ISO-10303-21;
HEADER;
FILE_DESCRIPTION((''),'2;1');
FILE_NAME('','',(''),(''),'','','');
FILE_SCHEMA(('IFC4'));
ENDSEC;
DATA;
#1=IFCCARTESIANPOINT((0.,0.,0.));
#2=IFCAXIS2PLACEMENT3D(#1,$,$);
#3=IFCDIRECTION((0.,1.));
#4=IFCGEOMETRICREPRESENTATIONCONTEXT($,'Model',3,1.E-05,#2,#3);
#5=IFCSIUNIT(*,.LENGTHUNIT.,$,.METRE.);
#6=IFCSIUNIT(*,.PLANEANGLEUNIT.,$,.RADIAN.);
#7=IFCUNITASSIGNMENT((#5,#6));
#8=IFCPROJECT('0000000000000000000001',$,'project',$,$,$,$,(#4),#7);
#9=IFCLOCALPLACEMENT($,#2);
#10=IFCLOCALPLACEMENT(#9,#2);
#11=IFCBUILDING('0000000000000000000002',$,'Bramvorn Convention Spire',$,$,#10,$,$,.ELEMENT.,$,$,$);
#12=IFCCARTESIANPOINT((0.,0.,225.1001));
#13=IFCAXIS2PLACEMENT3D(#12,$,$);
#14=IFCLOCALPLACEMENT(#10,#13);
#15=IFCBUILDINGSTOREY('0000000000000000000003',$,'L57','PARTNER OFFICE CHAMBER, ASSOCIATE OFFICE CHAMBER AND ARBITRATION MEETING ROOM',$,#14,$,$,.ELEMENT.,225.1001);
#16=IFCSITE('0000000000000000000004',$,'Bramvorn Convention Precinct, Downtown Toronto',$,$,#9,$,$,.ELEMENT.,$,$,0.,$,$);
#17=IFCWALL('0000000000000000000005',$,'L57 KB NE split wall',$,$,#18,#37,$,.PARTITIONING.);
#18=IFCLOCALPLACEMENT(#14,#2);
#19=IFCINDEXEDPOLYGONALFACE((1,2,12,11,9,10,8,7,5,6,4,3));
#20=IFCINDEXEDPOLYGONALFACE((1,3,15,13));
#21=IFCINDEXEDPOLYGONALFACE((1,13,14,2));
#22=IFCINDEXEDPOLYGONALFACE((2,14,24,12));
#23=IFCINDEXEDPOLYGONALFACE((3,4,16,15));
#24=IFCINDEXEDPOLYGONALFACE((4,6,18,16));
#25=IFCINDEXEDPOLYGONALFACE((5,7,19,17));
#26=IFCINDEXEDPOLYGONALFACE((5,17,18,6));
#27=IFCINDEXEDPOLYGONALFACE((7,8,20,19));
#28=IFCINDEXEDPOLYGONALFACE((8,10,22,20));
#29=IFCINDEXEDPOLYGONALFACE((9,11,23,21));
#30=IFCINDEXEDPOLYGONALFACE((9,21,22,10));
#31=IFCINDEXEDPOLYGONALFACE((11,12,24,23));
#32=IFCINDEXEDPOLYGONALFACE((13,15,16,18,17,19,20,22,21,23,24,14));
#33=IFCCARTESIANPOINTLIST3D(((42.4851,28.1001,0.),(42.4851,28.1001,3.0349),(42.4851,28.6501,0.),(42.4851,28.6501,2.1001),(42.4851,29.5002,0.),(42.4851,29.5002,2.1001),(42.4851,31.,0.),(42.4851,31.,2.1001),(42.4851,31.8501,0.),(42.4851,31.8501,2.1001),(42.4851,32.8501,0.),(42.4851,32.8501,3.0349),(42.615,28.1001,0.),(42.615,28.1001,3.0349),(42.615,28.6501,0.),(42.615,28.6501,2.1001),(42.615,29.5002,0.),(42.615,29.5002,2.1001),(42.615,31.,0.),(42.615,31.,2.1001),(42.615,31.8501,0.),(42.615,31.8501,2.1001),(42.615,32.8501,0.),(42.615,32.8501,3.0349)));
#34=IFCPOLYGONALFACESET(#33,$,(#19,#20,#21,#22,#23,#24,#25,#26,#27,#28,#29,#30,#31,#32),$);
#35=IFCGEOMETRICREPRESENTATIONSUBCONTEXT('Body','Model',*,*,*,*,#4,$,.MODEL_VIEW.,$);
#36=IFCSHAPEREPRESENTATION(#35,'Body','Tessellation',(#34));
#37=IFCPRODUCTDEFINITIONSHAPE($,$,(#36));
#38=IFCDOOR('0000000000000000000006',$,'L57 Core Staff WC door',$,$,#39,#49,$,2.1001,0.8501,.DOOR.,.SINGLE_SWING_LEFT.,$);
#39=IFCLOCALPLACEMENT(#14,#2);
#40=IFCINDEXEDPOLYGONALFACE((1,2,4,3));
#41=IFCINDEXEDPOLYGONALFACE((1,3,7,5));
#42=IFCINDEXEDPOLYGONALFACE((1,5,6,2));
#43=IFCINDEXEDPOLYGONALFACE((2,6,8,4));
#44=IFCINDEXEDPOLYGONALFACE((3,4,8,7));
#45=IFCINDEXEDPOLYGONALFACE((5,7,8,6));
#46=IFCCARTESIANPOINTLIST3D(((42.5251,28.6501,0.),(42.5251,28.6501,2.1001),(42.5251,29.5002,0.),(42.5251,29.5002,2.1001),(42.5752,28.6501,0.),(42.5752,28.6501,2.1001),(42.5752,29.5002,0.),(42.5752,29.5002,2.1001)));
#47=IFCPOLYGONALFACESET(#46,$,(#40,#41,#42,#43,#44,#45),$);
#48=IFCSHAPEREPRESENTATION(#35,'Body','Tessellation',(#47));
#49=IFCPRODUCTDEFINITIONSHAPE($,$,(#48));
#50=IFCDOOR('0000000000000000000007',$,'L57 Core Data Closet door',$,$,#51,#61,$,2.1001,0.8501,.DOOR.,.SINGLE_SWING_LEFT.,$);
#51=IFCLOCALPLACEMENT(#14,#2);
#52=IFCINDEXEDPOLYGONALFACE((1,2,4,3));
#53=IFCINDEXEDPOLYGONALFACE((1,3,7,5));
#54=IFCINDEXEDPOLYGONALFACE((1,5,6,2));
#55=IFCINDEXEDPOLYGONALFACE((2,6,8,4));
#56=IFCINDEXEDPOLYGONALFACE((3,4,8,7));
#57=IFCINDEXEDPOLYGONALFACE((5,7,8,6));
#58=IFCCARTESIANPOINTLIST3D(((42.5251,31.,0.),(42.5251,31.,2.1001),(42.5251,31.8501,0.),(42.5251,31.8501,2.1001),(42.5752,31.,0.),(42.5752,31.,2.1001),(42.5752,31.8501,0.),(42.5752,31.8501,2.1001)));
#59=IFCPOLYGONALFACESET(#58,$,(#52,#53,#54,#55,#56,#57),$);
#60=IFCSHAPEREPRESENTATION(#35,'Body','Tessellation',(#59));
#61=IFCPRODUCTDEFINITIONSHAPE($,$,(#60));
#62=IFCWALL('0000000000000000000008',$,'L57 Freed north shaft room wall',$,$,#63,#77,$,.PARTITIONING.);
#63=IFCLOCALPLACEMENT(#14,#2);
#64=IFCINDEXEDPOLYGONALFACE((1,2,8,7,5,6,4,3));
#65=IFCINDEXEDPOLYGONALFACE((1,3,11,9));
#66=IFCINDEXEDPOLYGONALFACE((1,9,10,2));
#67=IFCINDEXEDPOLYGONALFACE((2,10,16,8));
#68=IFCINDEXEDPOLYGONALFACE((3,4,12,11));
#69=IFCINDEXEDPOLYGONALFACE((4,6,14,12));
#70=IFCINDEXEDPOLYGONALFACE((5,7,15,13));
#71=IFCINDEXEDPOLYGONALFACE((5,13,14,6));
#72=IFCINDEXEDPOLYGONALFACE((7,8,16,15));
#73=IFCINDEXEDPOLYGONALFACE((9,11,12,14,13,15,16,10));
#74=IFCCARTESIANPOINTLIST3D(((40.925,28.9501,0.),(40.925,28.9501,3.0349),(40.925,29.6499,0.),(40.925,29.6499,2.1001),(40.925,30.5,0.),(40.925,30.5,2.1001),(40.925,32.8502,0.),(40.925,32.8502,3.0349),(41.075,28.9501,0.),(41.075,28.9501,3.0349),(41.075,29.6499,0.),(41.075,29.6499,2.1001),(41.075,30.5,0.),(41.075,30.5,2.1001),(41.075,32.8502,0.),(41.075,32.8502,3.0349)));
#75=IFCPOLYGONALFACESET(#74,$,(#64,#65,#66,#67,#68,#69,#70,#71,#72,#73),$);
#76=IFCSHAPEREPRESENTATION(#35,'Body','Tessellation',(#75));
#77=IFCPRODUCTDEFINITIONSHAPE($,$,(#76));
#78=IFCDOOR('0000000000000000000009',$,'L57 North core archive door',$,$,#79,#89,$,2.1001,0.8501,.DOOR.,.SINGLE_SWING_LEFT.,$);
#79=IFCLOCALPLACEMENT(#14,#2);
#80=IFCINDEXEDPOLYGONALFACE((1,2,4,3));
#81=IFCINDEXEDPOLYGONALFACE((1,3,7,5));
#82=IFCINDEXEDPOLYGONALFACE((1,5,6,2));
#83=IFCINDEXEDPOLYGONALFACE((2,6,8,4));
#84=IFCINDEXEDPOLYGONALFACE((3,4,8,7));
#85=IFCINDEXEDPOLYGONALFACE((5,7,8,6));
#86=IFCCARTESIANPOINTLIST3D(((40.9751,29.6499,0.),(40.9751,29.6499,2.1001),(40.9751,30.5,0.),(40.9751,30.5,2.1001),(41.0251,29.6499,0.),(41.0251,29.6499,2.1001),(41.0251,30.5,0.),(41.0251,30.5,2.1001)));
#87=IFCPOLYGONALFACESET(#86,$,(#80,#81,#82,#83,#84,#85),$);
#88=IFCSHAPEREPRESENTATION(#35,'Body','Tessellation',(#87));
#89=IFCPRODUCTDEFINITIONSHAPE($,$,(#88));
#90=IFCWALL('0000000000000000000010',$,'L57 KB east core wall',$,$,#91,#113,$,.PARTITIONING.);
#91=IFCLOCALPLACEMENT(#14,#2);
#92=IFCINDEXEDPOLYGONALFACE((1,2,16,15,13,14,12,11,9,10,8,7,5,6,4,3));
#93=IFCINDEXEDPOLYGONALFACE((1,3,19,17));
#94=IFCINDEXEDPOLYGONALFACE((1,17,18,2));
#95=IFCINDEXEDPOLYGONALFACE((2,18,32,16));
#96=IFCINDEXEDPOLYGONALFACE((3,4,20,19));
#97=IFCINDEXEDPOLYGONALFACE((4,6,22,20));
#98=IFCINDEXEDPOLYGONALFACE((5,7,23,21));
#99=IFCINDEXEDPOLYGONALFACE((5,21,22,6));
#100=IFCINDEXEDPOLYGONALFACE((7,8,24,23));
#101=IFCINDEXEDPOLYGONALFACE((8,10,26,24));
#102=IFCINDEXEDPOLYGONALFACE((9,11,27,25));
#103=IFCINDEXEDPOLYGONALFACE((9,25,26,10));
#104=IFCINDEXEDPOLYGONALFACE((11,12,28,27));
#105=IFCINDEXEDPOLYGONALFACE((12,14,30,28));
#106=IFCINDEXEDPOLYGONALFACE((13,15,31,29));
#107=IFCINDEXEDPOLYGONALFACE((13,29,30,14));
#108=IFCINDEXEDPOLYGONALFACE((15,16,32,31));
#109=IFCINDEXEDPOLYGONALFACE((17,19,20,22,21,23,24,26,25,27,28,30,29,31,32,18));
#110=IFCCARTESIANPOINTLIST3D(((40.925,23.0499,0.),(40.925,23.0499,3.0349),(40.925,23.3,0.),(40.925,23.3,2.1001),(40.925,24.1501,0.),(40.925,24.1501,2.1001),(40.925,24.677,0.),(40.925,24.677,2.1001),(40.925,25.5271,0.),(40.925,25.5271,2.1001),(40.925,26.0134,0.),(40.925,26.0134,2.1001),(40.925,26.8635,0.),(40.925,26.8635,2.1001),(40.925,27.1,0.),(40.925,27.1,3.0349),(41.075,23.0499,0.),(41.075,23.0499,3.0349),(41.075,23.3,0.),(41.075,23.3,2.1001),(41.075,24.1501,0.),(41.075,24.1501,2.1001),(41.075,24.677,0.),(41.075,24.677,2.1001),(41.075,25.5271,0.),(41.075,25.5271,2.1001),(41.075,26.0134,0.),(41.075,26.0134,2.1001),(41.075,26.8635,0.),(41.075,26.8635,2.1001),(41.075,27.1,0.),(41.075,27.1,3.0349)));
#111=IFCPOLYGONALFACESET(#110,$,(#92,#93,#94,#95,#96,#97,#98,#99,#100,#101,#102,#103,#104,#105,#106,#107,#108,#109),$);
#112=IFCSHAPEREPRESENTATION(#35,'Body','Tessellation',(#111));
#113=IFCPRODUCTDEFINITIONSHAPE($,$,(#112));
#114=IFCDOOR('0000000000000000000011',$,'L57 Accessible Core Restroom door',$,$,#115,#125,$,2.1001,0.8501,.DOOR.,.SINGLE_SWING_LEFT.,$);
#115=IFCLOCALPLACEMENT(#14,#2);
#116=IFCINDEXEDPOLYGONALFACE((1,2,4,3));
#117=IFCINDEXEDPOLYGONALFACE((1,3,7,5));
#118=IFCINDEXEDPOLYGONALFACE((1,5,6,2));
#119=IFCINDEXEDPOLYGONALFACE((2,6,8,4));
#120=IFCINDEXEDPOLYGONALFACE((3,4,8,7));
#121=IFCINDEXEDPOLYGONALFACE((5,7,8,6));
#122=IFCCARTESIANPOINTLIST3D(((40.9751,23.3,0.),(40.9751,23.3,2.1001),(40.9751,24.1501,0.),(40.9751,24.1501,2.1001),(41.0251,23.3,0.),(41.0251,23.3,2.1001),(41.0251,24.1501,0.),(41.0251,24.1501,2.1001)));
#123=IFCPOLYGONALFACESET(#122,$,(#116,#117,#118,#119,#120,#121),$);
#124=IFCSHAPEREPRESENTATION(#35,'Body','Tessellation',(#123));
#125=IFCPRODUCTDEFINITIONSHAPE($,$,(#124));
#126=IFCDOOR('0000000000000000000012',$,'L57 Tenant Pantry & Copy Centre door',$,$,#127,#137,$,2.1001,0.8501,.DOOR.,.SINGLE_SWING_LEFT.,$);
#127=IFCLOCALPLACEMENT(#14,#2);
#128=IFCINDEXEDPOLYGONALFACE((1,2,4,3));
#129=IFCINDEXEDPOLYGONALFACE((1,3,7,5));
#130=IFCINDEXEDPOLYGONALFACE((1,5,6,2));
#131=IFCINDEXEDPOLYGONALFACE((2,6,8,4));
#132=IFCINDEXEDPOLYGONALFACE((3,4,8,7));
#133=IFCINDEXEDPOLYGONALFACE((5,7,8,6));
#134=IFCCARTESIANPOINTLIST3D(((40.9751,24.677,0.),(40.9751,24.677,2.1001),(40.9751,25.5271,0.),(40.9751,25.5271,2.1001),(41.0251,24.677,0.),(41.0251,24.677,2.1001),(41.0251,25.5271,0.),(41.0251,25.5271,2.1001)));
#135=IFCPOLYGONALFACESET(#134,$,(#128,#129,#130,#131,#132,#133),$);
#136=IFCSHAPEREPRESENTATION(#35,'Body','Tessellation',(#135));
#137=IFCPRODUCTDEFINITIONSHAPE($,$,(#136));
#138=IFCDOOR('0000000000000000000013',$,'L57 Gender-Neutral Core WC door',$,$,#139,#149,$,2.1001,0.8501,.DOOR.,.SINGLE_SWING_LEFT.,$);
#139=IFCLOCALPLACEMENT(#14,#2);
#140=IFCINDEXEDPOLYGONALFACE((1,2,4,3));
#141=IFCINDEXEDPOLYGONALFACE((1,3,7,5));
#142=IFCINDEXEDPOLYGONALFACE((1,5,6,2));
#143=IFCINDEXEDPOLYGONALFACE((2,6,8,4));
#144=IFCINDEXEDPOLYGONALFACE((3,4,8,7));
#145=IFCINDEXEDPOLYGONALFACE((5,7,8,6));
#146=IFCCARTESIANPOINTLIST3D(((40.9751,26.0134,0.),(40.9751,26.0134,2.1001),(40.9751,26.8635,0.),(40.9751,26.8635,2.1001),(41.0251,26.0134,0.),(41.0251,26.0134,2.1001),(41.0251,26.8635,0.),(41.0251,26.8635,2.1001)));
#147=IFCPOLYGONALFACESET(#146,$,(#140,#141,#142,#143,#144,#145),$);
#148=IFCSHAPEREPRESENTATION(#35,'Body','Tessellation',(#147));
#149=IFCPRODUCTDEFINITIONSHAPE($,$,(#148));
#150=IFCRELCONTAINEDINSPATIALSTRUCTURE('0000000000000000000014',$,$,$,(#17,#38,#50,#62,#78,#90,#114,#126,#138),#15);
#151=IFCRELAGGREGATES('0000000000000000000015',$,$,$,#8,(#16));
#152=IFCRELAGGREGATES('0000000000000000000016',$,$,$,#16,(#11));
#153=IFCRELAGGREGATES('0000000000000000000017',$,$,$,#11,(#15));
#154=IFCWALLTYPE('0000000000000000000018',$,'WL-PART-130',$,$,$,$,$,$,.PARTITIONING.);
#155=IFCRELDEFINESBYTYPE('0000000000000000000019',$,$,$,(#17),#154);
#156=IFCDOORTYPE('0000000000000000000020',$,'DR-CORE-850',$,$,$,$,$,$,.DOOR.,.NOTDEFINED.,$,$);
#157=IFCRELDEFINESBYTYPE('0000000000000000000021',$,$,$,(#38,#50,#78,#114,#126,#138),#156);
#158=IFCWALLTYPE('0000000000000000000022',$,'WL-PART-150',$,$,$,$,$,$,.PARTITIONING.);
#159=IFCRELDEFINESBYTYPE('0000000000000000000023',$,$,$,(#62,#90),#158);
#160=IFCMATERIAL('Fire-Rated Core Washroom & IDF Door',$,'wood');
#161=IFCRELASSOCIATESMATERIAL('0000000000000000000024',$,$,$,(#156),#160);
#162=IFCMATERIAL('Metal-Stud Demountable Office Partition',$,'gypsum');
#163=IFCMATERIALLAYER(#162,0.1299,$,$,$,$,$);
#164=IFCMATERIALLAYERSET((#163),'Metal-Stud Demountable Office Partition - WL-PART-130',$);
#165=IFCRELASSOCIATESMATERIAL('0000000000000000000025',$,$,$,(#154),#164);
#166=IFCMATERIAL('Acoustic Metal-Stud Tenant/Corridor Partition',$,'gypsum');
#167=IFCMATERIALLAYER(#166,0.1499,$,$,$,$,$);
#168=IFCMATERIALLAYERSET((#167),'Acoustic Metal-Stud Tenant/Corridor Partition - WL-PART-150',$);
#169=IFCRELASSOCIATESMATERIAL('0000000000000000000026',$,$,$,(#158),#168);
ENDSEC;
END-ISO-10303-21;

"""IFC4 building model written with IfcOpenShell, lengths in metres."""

from ifc_helpers import new_model, si_unit, direction, frame, frame_2d, origin, place, context, subcontext, project, spatial, rectangle, extrude, material, layer, layer_set, type_object, element, fill, save


model = new_model("IFC4")

# Units and contexts
model_context = context("Model", 3, precision=1e-05, world=origin(), true_north=direction((0.0, 1.0)))
body_context = subcontext(model_context, "Body", "Model", "MODEL_VIEW")
ifc_project = project(units=[si_unit("LENGTHUNIT", "METRE"), si_unit("PLANEANGLEUNIT", "RADIAN")], contexts=[model_context])

# Site, building, storey
site_placement = place(None, origin())
site = spatial("IfcSite", under=ifc_project, at=site_placement, Name="Bramvorn Convention Precinct, Downtown Toronto", CompositionType="ELEMENT", RefElevation=0.0)
building_placement = place(site_placement, origin())
building = spatial("IfcBuilding", under=site, at=building_placement, Name="Bramvorn Convention Spire", CompositionType="ELEMENT")
storey_placement = place(building_placement, frame((0.0, 0.0, 225.1001)))
storey = spatial("IfcBuildingStorey", under=building, at=storey_placement, Name="L57", Description="PARTNER OFFICE CHAMBER, ASSOCIATE OFFICE CHAMBER AND ARBITRATION MEETING ROOM", CompositionType="ELEMENT", Elevation=225.1001)

# Shared definitions
ifc_material_1 = material(Name="Fire-Rated Core Washroom & IDF Door", Category="wood")
door_type_1 = type_object("IfcDoorType", Name="DR-CORE-850", OperationType="NOTDEFINED", PredefinedType="DOOR", material=ifc_material_1)

# Wall, openings, doors
ifc_material_2 = material(Name="Metal-Stud Demountable Office Partition", Category="gypsum")
ifc_layer_1 = layer(ifc_material_2, 0.1299)
ifc_layer_set_1 = layer_set([ifc_layer_1], Name="Metal-Stud Demountable Office Partition - WL-PART-130")
wall_type_1 = type_object("IfcWallType", Name="WL-PART-130", PredefinedType="PARTITIONING", material=ifc_layer_set_1)
wall_1_placement = place(storey_placement, frame((42.55, 28.1001, 0.0), z_axis=(0.0, 0.0, 1.0), x_axis=(0.0, 1.0, 0.0)))
wall_1 = element("IfcWall", 1, at=wall_1_placement, inside=storey, type_object=wall_type_1, Name="L57 KB NE split wall", PredefinedType="PARTITIONING", context=body_context, shape_type="SweptSolid", body=[
    extrude(rectangle(XDim=4.75, YDim=0.1299, at=frame_2d((2.375, 0.0))), origin(), (0.0, 0.0, 1.0), 3.0349),
])
opening_1_placement = place(wall_1_placement, frame((0.55, 0.0, 0.0)))
opening_1 = element("IfcOpeningElement", 2, at=opening_1_placement, cuts=wall_1, PredefinedType="OPENING", context=body_context, shape_type="SweptSolid", body=[
    extrude(rectangle(XDim=0.8501, YDim=2.1001, at=frame_2d((0.425, 1.05))), frame((0.0, 0.075, 0.0), z_axis=(0.0, -1.0, 0.0), x_axis=(1.0, 0.0, 0.0)), (0.0, 0.0, 1.0), 0.1499),
])
opening_2_placement = place(wall_1_placement, frame((2.8999, 0.0, 0.0)))
opening_2 = element("IfcOpeningElement", 3, at=opening_2_placement, cuts=wall_1, PredefinedType="OPENING", context=body_context, shape_type="SweptSolid", body=[
    extrude(rectangle(XDim=0.8501, YDim=2.1001, at=frame_2d((0.425, 1.05))), frame((0.0, 0.075, 0.0), z_axis=(0.0, -1.0, 0.0), x_axis=(1.0, 0.0, 0.0)), (0.0, 0.0, 1.0), 0.1499),
])
door_1_placement = place(opening_1_placement, origin())
door_1 = element("IfcDoor", 4, at=door_1_placement, inside=storey, type_object=door_type_1, Name="L57 Core Staff WC door", OperationType="SINGLE_SWING_LEFT", OverallHeight=2.1001, OverallWidth=0.8501, PredefinedType="DOOR", context=body_context, shape_type="SweptSolid", body=[
    extrude(rectangle(XDim=0.8501, YDim=2.1001, at=frame_2d((0.425, 1.05))), frame((0.0, 0.0249, 0.0), z_axis=(0.0, -1.0, 0.0), x_axis=(1.0, 0.0, 0.0)), (0.0, 0.0, 1.0), 0.05),
])
fill(opening_1, door_1)
door_2_placement = place(opening_2_placement, origin())
door_2 = element("IfcDoor", 5, at=door_2_placement, inside=storey, type_object=door_type_1, Name="L57 Core Data Closet door", OperationType="SINGLE_SWING_LEFT", OverallHeight=2.1001, OverallWidth=0.8501, PredefinedType="DOOR", context=body_context, shape_type="SweptSolid", body=[
    extrude(rectangle(XDim=0.8501, YDim=2.1001, at=frame_2d((0.425, 1.05))), frame((0.0, 0.0249, 0.0), z_axis=(0.0, -1.0, 0.0), x_axis=(1.0, 0.0, 0.0)), (0.0, 0.0, 1.0), 0.05),
])
fill(opening_2, door_2)

# Wall, opening, door
ifc_material_3 = material(Name="Acoustic Metal-Stud Tenant/Corridor Partition", Category="gypsum")
ifc_layer_2 = layer(ifc_material_3, 0.1499)
ifc_layer_set_2 = layer_set([ifc_layer_2], Name="Acoustic Metal-Stud Tenant/Corridor Partition - WL-PART-150")
wall_type_2 = type_object("IfcWallType", Name="WL-PART-150", PredefinedType="PARTITIONING", material=ifc_layer_set_2)
wall_2_placement = place(storey_placement, frame((41.0, 28.95, 0.0), z_axis=(0.0, 0.0, 1.0), x_axis=(0.0, 1.0, 0.0)))
wall_2 = element("IfcWall", 6, at=wall_2_placement, inside=storey, type_object=wall_type_2, Name="L57 Freed north shaft room wall", PredefinedType="PARTITIONING", context=body_context, shape_type="SweptSolid", body=[
    extrude(rectangle(XDim=3.9001, YDim=0.1499, at=frame_2d((1.9502, 0.0))), origin(), (0.0, 0.0, 1.0), 3.0349),
])
opening_3_placement = place(wall_2_placement, frame((0.7, 0.0, 0.0)))
opening_3 = element("IfcOpeningElement", 7, at=opening_3_placement, cuts=wall_2, PredefinedType="OPENING", context=body_context, shape_type="SweptSolid", body=[
    extrude(rectangle(XDim=0.8501, YDim=2.1001, at=frame_2d((0.425, 1.05))), frame((0.0, 0.085, 0.0), z_axis=(0.0, -1.0, 0.0), x_axis=(1.0, 0.0, 0.0)), (0.0, 0.0, 1.0), 0.1699),
])
door_3_placement = place(opening_3_placement, origin())
door_3 = element("IfcDoor", 8, at=door_3_placement, inside=storey, type_object=door_type_1, Name="L57 North core archive door", OperationType="SINGLE_SWING_LEFT", OverallHeight=2.1001, OverallWidth=0.8501, PredefinedType="DOOR", context=body_context, shape_type="SweptSolid", body=[
    extrude(rectangle(XDim=0.8501, YDim=2.1001, at=frame_2d((0.425, 1.05))), frame((0.0, 0.0249, 0.0), z_axis=(0.0, -1.0, 0.0), x_axis=(1.0, 0.0, 0.0)), (0.0, 0.0, 1.0), 0.05),
])
fill(opening_3, door_3)

# Wall, openings, doors
wall_3_placement = place(storey_placement, frame((41.0, 23.05, 0.0), z_axis=(0.0, 0.0, 1.0), x_axis=(0.0, 1.0, 0.0)))
wall_3 = element("IfcWall", 9, at=wall_3_placement, inside=storey, type_object=wall_type_2, Name="L57 KB east core wall", PredefinedType="PARTITIONING", context=body_context, shape_type="SweptSolid", body=[
    extrude(rectangle(XDim=4.05, YDim=0.1499, at=frame_2d((2.0249, 0.0))), origin(), (0.0, 0.0, 1.0), 3.0349),
])
opening_4_placement = place(wall_3_placement, frame((0.25, 0.0, 0.0)))
opening_4 = element("IfcOpeningElement", 10, at=opening_4_placement, cuts=wall_3, PredefinedType="OPENING", context=body_context, shape_type="SweptSolid", body=[
    extrude(rectangle(XDim=0.8501, YDim=2.1001, at=frame_2d((0.425, 1.05))), frame((0.0, 0.085, 0.0), z_axis=(0.0, -1.0, 0.0), x_axis=(1.0, 0.0, 0.0)), (0.0, 0.0, 1.0), 0.1699),
])
opening_5_placement = place(wall_3_placement, frame((1.627, 0.0, 0.0)))
opening_5 = element("IfcOpeningElement", 11, at=opening_5_placement, cuts=wall_3, PredefinedType="OPENING", context=body_context, shape_type="SweptSolid", body=[
    extrude(rectangle(XDim=0.8501, YDim=2.1001, at=frame_2d((0.425, 1.05))), frame((0.0, 0.085, 0.0), z_axis=(0.0, -1.0, 0.0), x_axis=(1.0, 0.0, 0.0)), (0.0, 0.0, 1.0), 0.1699),
])
opening_6_placement = place(wall_3_placement, frame((2.9634, 0.0, 0.0)))
opening_6 = element("IfcOpeningElement", 12, at=opening_6_placement, cuts=wall_3, PredefinedType="OPENING", context=body_context, shape_type="SweptSolid", body=[
    extrude(rectangle(XDim=0.8501, YDim=2.1001, at=frame_2d((0.425, 1.05))), frame((0.0, 0.085, 0.0), z_axis=(0.0, -1.0, 0.0), x_axis=(1.0, 0.0, 0.0)), (0.0, 0.0, 1.0), 0.1699),
])
door_4_placement = place(opening_4_placement, origin())
door_4 = element("IfcDoor", 13, at=door_4_placement, inside=storey, type_object=door_type_1, Name="L57 Accessible Core Restroom door", OperationType="SINGLE_SWING_LEFT", OverallHeight=2.1001, OverallWidth=0.8501, PredefinedType="DOOR", context=body_context, shape_type="SweptSolid", body=[
    extrude(rectangle(XDim=0.8501, YDim=2.1001, at=frame_2d((0.425, 1.05))), frame((0.0, 0.0249, 0.0), z_axis=(0.0, -1.0, 0.0), x_axis=(1.0, 0.0, 0.0)), (0.0, 0.0, 1.0), 0.05),
])
fill(opening_4, door_4)
door_5_placement = place(opening_5_placement, origin())
door_5 = element("IfcDoor", 14, at=door_5_placement, inside=storey, type_object=door_type_1, Name="L57 Tenant Pantry & Copy Centre door", OperationType="SINGLE_SWING_LEFT", OverallHeight=2.1001, OverallWidth=0.8501, PredefinedType="DOOR", context=body_context, shape_type="SweptSolid", body=[
    extrude(rectangle(XDim=0.8501, YDim=2.1001, at=frame_2d((0.425, 1.05))), frame((0.0, 0.0249, 0.0), z_axis=(0.0, -1.0, 0.0), x_axis=(1.0, 0.0, 0.0)), (0.0, 0.0, 1.0), 0.05),
])
fill(opening_5, door_5)
door_6_placement = place(opening_6_placement, origin())
door_6 = element("IfcDoor", 15, at=door_6_placement, inside=storey, type_object=door_type_1, Name="L57 Gender-Neutral Core WC door", OperationType="SINGLE_SWING_LEFT", OverallHeight=2.1001, OverallWidth=0.8501, PredefinedType="DOOR", context=body_context, shape_type="SweptSolid", body=[
    extrude(rectangle(XDim=0.8501, YDim=2.1001, at=frame_2d((0.425, 1.05))), frame((0.0, 0.0249, 0.0), z_axis=(0.0, -1.0, 0.0), x_axis=(1.0, 0.0, 0.0)), (0.0, 0.0, 1.0), 0.05),
])
fill(opening_6, door_6)

save(model, "model.ifc")
